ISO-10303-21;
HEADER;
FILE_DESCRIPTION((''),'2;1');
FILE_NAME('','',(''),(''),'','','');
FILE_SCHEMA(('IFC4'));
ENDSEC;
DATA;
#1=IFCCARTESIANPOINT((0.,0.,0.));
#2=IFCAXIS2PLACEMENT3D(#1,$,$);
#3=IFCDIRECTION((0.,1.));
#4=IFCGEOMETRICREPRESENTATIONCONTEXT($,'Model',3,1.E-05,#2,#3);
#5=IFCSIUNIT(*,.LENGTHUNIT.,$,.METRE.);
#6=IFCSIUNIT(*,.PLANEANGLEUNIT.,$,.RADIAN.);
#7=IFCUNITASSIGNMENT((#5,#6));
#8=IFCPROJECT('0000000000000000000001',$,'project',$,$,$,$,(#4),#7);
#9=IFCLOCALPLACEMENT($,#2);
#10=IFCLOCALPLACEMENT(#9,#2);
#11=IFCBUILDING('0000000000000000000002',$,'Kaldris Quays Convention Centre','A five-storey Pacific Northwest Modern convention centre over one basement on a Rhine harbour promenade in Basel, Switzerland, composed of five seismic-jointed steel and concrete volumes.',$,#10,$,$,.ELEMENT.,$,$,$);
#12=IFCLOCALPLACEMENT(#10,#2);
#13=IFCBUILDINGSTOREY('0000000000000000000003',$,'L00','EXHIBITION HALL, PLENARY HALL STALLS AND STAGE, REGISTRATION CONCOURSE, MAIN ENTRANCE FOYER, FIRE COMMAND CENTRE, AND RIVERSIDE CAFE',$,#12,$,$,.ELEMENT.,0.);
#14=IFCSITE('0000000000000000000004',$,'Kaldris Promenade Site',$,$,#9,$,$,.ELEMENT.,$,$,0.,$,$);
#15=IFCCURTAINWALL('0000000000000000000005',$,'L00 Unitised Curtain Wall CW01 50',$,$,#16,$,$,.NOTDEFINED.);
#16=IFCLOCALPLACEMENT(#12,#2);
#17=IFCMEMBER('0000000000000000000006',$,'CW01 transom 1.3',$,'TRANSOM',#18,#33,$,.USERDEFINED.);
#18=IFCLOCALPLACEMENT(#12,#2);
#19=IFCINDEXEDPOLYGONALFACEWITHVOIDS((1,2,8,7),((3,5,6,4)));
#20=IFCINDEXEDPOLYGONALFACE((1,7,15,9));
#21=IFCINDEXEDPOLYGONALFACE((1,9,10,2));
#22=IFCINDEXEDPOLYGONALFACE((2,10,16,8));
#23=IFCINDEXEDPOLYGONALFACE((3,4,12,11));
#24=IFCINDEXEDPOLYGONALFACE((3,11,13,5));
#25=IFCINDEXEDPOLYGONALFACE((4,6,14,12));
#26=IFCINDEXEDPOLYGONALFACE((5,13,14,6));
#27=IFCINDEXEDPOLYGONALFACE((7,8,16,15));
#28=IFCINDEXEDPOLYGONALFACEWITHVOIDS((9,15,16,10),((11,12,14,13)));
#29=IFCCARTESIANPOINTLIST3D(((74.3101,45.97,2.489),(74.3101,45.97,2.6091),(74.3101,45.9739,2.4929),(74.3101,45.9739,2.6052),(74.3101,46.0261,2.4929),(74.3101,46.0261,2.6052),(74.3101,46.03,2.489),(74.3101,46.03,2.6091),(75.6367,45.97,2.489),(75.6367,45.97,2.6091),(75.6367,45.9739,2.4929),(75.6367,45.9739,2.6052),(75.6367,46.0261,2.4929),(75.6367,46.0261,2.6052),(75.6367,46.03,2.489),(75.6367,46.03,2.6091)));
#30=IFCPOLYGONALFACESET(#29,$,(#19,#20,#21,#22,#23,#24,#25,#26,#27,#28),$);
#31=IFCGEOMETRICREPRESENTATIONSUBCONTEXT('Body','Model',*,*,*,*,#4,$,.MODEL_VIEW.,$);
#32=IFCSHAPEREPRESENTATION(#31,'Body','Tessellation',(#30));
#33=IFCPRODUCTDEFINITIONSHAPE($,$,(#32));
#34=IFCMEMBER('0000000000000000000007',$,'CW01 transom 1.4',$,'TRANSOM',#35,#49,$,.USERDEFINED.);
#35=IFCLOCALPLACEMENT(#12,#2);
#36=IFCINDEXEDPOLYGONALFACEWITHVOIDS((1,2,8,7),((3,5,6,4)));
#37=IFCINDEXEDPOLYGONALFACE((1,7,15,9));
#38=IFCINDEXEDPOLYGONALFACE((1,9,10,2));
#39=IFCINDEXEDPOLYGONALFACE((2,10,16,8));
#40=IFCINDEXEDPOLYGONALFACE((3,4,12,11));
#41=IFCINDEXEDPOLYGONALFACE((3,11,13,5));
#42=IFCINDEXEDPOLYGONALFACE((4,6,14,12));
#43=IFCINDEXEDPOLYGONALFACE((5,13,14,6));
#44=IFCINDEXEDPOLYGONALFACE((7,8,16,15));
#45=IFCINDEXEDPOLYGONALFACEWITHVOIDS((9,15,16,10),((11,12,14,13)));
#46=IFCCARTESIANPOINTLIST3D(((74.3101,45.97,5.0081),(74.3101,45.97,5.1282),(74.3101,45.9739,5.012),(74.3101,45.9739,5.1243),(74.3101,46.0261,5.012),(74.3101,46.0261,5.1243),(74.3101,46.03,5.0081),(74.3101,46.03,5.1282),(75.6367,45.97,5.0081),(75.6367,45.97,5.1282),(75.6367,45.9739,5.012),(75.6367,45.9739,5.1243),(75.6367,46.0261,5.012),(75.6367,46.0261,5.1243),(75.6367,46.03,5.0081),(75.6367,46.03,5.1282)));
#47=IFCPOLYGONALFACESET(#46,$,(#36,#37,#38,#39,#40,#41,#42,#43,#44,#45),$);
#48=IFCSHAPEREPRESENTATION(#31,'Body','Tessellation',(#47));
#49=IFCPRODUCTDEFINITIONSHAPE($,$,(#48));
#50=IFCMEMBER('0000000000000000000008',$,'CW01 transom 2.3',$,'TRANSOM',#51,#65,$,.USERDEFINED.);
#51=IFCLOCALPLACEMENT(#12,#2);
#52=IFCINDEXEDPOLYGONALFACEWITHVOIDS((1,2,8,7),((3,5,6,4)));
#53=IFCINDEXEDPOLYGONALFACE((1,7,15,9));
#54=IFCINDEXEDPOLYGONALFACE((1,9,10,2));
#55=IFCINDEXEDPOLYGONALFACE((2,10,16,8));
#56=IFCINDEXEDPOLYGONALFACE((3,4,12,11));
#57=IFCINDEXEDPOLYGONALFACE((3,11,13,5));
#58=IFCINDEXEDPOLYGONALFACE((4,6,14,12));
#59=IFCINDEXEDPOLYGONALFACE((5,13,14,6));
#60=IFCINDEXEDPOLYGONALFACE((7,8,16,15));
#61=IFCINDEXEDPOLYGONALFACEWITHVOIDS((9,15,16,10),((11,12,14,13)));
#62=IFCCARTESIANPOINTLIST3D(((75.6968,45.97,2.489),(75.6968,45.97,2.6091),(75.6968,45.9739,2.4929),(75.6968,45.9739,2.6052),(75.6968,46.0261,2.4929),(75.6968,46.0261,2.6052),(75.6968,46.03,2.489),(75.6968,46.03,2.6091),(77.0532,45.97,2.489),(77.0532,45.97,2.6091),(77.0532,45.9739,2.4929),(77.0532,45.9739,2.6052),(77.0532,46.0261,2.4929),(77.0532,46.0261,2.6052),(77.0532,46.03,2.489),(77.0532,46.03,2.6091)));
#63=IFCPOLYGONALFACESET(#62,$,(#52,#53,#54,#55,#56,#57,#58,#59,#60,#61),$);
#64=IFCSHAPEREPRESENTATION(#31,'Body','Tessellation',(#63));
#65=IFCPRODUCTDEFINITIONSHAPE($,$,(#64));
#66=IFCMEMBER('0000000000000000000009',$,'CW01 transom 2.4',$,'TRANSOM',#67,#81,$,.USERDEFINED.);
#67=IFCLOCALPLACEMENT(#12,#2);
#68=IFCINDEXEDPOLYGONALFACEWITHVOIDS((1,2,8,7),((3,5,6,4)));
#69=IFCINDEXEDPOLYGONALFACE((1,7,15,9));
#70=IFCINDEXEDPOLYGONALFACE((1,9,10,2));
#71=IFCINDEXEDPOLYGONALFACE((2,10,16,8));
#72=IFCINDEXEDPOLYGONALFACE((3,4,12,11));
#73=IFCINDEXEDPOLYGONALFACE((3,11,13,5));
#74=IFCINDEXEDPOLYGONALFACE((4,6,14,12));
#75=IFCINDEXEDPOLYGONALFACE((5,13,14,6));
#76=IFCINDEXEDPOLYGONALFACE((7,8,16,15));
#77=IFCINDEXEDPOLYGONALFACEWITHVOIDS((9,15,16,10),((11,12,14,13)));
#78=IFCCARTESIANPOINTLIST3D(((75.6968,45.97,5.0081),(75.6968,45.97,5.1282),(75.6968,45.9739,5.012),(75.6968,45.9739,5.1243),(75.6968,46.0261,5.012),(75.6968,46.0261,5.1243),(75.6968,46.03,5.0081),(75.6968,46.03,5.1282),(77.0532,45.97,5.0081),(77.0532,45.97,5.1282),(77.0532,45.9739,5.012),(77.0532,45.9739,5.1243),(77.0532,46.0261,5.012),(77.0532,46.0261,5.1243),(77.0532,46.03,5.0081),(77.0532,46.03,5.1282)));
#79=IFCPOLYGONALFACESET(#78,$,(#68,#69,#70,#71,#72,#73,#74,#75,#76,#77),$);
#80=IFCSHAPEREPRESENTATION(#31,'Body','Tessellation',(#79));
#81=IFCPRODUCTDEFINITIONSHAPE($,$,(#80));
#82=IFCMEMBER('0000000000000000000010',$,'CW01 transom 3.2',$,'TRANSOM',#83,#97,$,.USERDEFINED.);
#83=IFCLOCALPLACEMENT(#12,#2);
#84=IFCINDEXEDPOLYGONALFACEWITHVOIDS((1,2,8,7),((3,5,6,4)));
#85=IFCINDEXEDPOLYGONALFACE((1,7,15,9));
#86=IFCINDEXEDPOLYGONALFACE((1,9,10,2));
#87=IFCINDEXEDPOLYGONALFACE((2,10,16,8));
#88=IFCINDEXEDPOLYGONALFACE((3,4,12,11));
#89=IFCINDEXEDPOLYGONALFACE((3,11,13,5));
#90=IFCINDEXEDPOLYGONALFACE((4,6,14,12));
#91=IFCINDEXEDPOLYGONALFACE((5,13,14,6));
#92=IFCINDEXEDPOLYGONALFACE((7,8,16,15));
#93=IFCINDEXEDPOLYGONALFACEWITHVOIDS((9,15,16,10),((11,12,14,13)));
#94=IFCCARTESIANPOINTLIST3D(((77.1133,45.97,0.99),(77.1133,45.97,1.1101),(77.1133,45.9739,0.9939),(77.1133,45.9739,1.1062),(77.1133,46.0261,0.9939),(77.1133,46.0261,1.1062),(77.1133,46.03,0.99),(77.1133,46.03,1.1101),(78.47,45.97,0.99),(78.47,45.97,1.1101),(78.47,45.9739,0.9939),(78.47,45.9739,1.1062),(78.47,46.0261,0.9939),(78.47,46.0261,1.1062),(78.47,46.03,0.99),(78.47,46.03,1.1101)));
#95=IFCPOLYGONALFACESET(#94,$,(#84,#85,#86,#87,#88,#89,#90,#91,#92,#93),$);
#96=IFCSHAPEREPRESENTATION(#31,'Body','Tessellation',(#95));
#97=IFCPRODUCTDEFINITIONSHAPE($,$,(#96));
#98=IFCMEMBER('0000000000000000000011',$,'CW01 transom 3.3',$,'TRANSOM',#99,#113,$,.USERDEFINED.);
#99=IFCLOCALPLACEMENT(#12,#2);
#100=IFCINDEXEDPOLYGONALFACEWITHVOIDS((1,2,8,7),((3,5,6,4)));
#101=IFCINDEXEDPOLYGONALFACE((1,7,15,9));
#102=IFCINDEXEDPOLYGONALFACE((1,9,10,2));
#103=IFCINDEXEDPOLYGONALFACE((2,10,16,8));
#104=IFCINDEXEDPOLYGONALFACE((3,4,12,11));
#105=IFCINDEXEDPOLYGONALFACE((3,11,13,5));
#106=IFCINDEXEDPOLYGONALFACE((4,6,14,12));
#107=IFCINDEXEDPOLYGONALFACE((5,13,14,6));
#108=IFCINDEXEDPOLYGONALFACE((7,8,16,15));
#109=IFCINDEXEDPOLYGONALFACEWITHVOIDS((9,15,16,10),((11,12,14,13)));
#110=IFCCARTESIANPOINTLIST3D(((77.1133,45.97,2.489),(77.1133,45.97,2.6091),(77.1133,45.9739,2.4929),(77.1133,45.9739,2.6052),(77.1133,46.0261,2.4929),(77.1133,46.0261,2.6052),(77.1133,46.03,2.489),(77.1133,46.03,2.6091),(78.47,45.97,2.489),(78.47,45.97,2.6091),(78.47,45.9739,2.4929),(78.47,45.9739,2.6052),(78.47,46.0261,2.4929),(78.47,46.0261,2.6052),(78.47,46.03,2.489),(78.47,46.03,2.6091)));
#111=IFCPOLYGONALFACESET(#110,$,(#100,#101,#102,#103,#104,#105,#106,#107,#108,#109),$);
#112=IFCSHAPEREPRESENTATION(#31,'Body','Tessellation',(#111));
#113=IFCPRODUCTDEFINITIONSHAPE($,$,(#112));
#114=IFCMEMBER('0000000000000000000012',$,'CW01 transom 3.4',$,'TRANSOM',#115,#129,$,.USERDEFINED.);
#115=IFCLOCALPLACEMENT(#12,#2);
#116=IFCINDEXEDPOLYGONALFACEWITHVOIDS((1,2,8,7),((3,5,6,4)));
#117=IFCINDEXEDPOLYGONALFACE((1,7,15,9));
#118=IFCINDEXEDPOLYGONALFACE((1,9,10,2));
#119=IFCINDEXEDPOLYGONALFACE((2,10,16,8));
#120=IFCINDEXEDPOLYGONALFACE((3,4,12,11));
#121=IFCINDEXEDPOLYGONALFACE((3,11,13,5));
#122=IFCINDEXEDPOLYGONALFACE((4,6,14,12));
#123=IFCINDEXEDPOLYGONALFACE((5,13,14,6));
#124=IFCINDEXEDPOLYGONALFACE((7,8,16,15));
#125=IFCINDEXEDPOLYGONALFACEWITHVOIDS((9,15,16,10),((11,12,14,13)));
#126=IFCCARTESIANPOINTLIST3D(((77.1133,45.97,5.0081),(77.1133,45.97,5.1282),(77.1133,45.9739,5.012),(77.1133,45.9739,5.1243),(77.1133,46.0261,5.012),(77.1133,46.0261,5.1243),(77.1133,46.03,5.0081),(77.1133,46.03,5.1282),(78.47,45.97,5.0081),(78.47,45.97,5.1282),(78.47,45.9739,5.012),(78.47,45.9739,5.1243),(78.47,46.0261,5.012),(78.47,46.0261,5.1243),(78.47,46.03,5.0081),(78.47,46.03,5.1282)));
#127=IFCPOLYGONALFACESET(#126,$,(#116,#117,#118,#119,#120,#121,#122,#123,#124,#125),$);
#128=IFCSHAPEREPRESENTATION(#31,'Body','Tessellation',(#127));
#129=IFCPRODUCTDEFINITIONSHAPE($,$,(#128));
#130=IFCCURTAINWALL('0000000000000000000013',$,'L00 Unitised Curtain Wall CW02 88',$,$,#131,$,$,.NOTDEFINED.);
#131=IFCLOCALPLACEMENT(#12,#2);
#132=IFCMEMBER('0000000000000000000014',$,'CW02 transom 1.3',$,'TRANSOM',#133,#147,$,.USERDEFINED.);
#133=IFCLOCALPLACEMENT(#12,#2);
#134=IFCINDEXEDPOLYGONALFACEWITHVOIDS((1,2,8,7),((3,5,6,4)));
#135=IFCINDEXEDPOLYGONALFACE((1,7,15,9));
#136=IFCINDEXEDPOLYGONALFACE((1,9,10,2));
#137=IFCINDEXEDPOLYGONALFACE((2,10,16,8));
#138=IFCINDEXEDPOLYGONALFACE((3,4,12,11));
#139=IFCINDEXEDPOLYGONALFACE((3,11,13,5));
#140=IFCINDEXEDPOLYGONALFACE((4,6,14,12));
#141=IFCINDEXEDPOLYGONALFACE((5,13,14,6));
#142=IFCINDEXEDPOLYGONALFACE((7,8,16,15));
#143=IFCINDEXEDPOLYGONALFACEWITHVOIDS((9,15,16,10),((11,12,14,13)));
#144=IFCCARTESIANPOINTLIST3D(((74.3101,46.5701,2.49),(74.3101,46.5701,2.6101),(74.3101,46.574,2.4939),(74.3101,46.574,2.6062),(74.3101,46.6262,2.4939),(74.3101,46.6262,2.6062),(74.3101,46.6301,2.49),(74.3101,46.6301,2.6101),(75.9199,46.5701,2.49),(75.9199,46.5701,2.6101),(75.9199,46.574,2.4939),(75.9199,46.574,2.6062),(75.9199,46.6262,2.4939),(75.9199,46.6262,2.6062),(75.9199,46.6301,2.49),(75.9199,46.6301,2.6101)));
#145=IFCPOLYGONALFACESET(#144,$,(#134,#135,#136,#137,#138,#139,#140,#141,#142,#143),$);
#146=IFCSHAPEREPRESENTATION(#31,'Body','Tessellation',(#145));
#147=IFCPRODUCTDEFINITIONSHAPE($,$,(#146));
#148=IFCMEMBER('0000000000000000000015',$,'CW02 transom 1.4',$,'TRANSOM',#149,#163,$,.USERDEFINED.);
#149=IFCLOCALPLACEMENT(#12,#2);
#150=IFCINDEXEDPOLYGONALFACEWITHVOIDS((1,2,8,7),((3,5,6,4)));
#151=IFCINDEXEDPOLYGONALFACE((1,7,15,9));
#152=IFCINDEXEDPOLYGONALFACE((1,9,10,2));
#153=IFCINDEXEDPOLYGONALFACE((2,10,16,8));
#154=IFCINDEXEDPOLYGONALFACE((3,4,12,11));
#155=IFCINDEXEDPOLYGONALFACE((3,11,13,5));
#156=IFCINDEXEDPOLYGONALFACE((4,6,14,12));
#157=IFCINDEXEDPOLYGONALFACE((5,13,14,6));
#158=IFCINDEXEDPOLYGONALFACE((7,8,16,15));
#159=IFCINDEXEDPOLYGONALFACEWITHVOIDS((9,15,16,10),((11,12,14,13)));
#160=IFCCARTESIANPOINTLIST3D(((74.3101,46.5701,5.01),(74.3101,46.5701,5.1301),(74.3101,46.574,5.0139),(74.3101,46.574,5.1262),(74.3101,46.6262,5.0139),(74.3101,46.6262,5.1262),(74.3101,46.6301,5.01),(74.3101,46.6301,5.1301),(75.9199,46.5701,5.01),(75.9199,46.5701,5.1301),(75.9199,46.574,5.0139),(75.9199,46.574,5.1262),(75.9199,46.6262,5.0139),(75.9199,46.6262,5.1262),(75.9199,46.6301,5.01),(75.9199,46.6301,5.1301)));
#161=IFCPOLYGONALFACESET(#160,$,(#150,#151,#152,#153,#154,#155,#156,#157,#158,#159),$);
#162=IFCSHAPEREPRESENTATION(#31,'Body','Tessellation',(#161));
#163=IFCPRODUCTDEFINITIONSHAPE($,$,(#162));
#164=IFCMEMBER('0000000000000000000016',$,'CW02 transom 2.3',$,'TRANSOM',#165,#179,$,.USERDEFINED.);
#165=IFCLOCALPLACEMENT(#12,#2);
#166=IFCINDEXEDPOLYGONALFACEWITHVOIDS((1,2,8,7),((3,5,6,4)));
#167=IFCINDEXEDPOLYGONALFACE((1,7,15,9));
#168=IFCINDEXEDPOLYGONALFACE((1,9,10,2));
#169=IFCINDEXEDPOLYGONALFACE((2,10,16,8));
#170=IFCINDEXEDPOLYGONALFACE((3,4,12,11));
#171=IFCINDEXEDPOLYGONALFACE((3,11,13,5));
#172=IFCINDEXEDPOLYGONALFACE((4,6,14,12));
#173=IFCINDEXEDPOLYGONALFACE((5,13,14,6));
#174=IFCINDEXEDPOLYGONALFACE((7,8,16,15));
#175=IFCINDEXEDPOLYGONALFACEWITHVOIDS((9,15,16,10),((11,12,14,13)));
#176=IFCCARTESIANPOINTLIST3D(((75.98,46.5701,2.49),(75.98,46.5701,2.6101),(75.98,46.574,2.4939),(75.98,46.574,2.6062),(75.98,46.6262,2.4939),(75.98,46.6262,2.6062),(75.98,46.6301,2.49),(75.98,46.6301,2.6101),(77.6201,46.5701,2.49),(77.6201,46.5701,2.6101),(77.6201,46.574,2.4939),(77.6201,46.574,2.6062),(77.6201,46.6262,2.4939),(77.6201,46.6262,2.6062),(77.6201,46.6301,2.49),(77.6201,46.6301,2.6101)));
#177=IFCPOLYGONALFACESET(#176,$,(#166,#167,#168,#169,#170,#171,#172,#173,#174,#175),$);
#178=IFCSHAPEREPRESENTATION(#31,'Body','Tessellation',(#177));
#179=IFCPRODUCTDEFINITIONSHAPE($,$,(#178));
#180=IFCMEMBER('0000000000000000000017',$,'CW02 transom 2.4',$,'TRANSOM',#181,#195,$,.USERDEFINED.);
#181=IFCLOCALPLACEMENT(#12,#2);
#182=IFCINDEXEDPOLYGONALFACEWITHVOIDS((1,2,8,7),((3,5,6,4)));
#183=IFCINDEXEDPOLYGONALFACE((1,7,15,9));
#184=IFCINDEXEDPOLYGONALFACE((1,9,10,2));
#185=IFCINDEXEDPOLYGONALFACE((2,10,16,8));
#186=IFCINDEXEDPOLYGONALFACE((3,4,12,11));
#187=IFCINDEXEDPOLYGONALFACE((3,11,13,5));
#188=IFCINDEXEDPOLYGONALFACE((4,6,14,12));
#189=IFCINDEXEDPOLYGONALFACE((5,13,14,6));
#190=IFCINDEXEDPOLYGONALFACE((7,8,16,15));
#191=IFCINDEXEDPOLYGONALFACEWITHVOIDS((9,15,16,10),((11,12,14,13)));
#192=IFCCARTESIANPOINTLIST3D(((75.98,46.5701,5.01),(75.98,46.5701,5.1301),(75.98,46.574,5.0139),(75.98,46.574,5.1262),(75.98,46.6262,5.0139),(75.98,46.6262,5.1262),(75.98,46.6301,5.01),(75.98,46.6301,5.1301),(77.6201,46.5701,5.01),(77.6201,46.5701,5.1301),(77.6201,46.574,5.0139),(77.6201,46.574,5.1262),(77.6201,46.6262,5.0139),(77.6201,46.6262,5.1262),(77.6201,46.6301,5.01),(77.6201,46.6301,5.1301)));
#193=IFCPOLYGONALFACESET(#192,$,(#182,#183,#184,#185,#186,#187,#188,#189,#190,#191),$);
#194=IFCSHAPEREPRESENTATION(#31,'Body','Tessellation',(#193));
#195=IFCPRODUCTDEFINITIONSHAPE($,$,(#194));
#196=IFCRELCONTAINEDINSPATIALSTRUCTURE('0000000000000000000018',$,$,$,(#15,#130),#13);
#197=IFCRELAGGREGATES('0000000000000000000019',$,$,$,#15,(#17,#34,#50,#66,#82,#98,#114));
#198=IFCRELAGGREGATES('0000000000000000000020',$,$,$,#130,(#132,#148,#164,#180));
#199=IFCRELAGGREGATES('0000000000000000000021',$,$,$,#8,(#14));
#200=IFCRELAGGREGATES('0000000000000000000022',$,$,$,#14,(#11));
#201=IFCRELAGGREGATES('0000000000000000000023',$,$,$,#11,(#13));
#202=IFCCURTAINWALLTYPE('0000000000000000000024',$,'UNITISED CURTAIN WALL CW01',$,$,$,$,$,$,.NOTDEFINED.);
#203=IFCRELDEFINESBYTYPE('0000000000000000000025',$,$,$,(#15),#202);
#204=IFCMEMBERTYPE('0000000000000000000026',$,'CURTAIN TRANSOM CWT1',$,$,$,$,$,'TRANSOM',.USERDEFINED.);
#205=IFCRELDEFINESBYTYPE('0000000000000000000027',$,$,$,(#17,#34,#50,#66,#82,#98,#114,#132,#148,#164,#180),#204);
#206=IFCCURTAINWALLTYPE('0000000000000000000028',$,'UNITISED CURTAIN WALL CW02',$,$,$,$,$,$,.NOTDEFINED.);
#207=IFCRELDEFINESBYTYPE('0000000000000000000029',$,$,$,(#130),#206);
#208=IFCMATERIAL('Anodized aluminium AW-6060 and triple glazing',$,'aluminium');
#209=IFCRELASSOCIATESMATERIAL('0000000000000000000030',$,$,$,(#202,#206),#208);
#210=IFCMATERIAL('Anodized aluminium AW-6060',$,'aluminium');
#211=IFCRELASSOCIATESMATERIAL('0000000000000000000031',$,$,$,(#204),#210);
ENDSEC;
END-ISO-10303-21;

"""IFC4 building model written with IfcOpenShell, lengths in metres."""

from ifc_helpers import new_model, si_unit, direction, frame, origin, origin_2d, place, context, subcontext, project, spatial, hollow_rectangle, extrude, material, material_profile, profile_set, type_object, element, aggregate, save


model = new_model("IFC4")

# Units and contexts
model_context = context("Model", 3, precision=1e-05, world=origin(), true_north=direction((0.0, 1.0)))
body_context = subcontext(model_context, "Body", "Model", "MODEL_VIEW")
ifc_project = project(units=[si_unit("LENGTHUNIT", "METRE"), si_unit("PLANEANGLEUNIT", "RADIAN")], contexts=[model_context])

# Site, building, storey
site_placement = place(None, origin())
site = spatial("IfcSite", under=ifc_project, at=site_placement, Name="Kaldris Promenade Site", CompositionType="ELEMENT", RefElevation=0.0)
building_placement = place(site_placement, origin())
building = spatial("IfcBuilding", under=site, at=building_placement, Name="Kaldris Quays Convention Centre", Description="A five-storey Pacific Northwest Modern convention centre over one basement on a Rhine harbour promenade in Basel, Switzerland, composed of five seismic-jointed steel and concrete volumes.", CompositionType="ELEMENT")
storey_placement = place(building_placement, origin())
storey = spatial("IfcBuildingStorey", under=building, at=storey_placement, Name="L00", Description="EXHIBITION HALL, PLENARY HALL STALLS AND STAGE, REGISTRATION CONCOURSE, MAIN ENTRANCE FOYER, FIRE COMMAND CENTRE, AND RIVERSIDE CAFE", CompositionType="ELEMENT", Elevation=0.0)

# Curtain walls, members
ifc_material_1 = material(Name="Anodized aluminium AW-6060 and triple glazing", Category="aluminium")
curtain_wall_type_1 = type_object("IfcCurtainWallType", Name="UNITISED CURTAIN WALL CW01", PredefinedType="NOTDEFINED", material=ifc_material_1)
curtain_wall_1_placement = place(storey_placement, origin())
curtain_wall_1 = element("IfcCurtainWall", 1, at=curtain_wall_1_placement, inside=storey, type_object=curtain_wall_type_1, Name="L00 Unitised Curtain Wall CW01 50", PredefinedType="NOTDEFINED")
ifc_material_2 = material(Name="Anodized aluminium AW-6060", Category="aluminium")
ifc_material_profile = material_profile(ifc_material_2, hollow_rectangle(XDim=0.0601, YDim=0.1201, WallThickness=0.0039, at=origin_2d()), Name="RHS 120x60x4")
ifc_profile_set = profile_set([ifc_material_profile], Name="Anodized aluminium AW-6060")
member_type = type_object("IfcMemberType", Name="CURTAIN TRANSOM CWT1", ElementType="TRANSOM", PredefinedType="USERDEFINED", material=ifc_profile_set)
member_1_placement = place(storey_placement, frame((74.3101, 46.0, 2.5491), z_axis=(1.0, 0.0, 0.0), x_axis=(0.0, 1.0, 0.0)))
member_1 = element("IfcMember", 2, at=member_1_placement, type_object=member_type, Name="CW01 transom 1.3", ObjectType="TRANSOM", PredefinedType="USERDEFINED", context=body_context, shape_type="SweptSolid", body=[
    extrude(hollow_rectangle(XDim=0.0601, YDim=0.1201, WallThickness=0.0039, at=origin_2d()), origin(), (0.0, 0.0, 1.0), 1.3267),
])
member_2_placement = place(storey_placement, frame((74.3101, 46.0, 5.0681), z_axis=(1.0, 0.0, 0.0), x_axis=(0.0, 1.0, 0.0)))
member_2 = element("IfcMember", 3, at=member_2_placement, type_object=member_type, Name="CW01 transom 1.4", ObjectType="TRANSOM", PredefinedType="USERDEFINED", context=body_context, shape_type="SweptSolid", body=[
    extrude(hollow_rectangle(XDim=0.0601, YDim=0.1201, WallThickness=0.0039, at=origin_2d()), origin(), (0.0, 0.0, 1.0), 1.3267),
])
member_3_placement = place(storey_placement, frame((75.6968, 46.0, 2.5491), z_axis=(1.0, 0.0, 0.0), x_axis=(0.0, 1.0, 0.0)))
member_3 = element("IfcMember", 4, at=member_3_placement, type_object=member_type, Name="CW01 transom 2.3", ObjectType="TRANSOM", PredefinedType="USERDEFINED", context=body_context, shape_type="SweptSolid", body=[
    extrude(hollow_rectangle(XDim=0.0601, YDim=0.1201, WallThickness=0.0039, at=origin_2d()), origin(), (0.0, 0.0, 1.0), 1.3564),
])
member_4_placement = place(storey_placement, frame((75.6968, 46.0, 5.0681), z_axis=(1.0, 0.0, 0.0), x_axis=(0.0, 1.0, 0.0)))
member_4 = element("IfcMember", 5, at=member_4_placement, type_object=member_type, Name="CW01 transom 2.4", ObjectType="TRANSOM", PredefinedType="USERDEFINED", context=body_context, shape_type="SweptSolid", body=[
    extrude(hollow_rectangle(XDim=0.0601, YDim=0.1201, WallThickness=0.0039, at=origin_2d()), origin(), (0.0, 0.0, 1.0), 1.3564),
])
member_5_placement = place(storey_placement, frame((77.1133, 46.0, 1.05), z_axis=(1.0, 0.0, 0.0), x_axis=(0.0, 1.0, 0.0)))
member_5 = element("IfcMember", 6, at=member_5_placement, type_object=member_type, Name="CW01 transom 3.2", ObjectType="TRANSOM", PredefinedType="USERDEFINED", context=body_context, shape_type="SweptSolid", body=[
    extrude(hollow_rectangle(XDim=0.0601, YDim=0.1201, WallThickness=0.0039, at=origin_2d()), origin(), (0.0, 0.0, 1.0), 1.3567),
])
member_6_placement = place(storey_placement, frame((77.1133, 46.0, 2.5491), z_axis=(1.0, 0.0, 0.0), x_axis=(0.0, 1.0, 0.0)))
member_6 = element("IfcMember", 7, at=member_6_placement, type_object=member_type, Name="CW01 transom 3.3", ObjectType="TRANSOM", PredefinedType="USERDEFINED", context=body_context, shape_type="SweptSolid", body=[
    extrude(hollow_rectangle(XDim=0.0601, YDim=0.1201, WallThickness=0.0039, at=origin_2d()), origin(), (0.0, 0.0, 1.0), 1.3567),
])
member_7_placement = place(storey_placement, frame((77.1133, 46.0, 5.0681), z_axis=(1.0, 0.0, 0.0), x_axis=(0.0, 1.0, 0.0)))
member_7 = element("IfcMember", 8, at=member_7_placement, type_object=member_type, Name="CW01 transom 3.4", ObjectType="TRANSOM", PredefinedType="USERDEFINED", context=body_context, shape_type="SweptSolid", body=[
    extrude(hollow_rectangle(XDim=0.0601, YDim=0.1201, WallThickness=0.0039, at=origin_2d()), origin(), (0.0, 0.0, 1.0), 1.3567),
])
curtain_wall_type_2 = type_object("IfcCurtainWallType", Name="UNITISED CURTAIN WALL CW02", PredefinedType="NOTDEFINED", material=ifc_material_1)
curtain_wall_2_placement = place(storey_placement, origin())
curtain_wall_2 = element("IfcCurtainWall", 9, at=curtain_wall_2_placement, inside=storey, type_object=curtain_wall_type_2, Name="L00 Unitised Curtain Wall CW02 88", PredefinedType="NOTDEFINED")
member_8_placement = place(storey_placement, frame((74.3101, 46.6001, 2.55), z_axis=(1.0, 0.0, 0.0), x_axis=(0.0, 1.0, 0.0)))
member_8 = element("IfcMember", 10, at=member_8_placement, type_object=member_type, Name="CW02 transom 1.3", ObjectType="TRANSOM", PredefinedType="USERDEFINED", context=body_context, shape_type="SweptSolid", body=[
    extrude(hollow_rectangle(XDim=0.0601, YDim=0.1201, WallThickness=0.0039, at=origin_2d()), origin(), (0.0, 0.0, 1.0), 1.6099),
])
member_9_placement = place(storey_placement, frame((74.3101, 46.6001, 5.0701), z_axis=(1.0, 0.0, 0.0), x_axis=(0.0, 1.0, 0.0)))
member_9 = element("IfcMember", 11, at=member_9_placement, type_object=member_type, Name="CW02 transom 1.4", ObjectType="TRANSOM", PredefinedType="USERDEFINED", context=body_context, shape_type="SweptSolid", body=[
    extrude(hollow_rectangle(XDim=0.0601, YDim=0.1201, WallThickness=0.0039, at=origin_2d()), origin(), (0.0, 0.0, 1.0), 1.6099),
])
member_10_placement = place(storey_placement, frame((75.98, 46.6001, 2.55), z_axis=(1.0, 0.0, 0.0), x_axis=(0.0, 1.0, 0.0)))
member_10 = element("IfcMember", 12, at=member_10_placement, type_object=member_type, Name="CW02 transom 2.3", ObjectType="TRANSOM", PredefinedType="USERDEFINED", context=body_context, shape_type="SweptSolid", body=[
    extrude(hollow_rectangle(XDim=0.0601, YDim=0.1201, WallThickness=0.0039, at=origin_2d()), origin(), (0.0, 0.0, 1.0), 1.6401),
])
member_11_placement = place(storey_placement, frame((75.98, 46.6001, 5.0701), z_axis=(1.0, 0.0, 0.0), x_axis=(0.0, 1.0, 0.0)))
member_11 = element("IfcMember", 13, at=member_11_placement, type_object=member_type, Name="CW02 transom 2.4", ObjectType="TRANSOM", PredefinedType="USERDEFINED", context=body_context, shape_type="SweptSolid", body=[
    extrude(hollow_rectangle(XDim=0.0601, YDim=0.1201, WallThickness=0.0039, at=origin_2d()), origin(), (0.0, 0.0, 1.0), 1.6401),
])

aggregate(curtain_wall_1, [member_1, member_2, member_3, member_4, member_5, member_6, member_7])
aggregate(curtain_wall_2, [member_8, member_9, member_10, member_11])

save(model, "model.ifc")
